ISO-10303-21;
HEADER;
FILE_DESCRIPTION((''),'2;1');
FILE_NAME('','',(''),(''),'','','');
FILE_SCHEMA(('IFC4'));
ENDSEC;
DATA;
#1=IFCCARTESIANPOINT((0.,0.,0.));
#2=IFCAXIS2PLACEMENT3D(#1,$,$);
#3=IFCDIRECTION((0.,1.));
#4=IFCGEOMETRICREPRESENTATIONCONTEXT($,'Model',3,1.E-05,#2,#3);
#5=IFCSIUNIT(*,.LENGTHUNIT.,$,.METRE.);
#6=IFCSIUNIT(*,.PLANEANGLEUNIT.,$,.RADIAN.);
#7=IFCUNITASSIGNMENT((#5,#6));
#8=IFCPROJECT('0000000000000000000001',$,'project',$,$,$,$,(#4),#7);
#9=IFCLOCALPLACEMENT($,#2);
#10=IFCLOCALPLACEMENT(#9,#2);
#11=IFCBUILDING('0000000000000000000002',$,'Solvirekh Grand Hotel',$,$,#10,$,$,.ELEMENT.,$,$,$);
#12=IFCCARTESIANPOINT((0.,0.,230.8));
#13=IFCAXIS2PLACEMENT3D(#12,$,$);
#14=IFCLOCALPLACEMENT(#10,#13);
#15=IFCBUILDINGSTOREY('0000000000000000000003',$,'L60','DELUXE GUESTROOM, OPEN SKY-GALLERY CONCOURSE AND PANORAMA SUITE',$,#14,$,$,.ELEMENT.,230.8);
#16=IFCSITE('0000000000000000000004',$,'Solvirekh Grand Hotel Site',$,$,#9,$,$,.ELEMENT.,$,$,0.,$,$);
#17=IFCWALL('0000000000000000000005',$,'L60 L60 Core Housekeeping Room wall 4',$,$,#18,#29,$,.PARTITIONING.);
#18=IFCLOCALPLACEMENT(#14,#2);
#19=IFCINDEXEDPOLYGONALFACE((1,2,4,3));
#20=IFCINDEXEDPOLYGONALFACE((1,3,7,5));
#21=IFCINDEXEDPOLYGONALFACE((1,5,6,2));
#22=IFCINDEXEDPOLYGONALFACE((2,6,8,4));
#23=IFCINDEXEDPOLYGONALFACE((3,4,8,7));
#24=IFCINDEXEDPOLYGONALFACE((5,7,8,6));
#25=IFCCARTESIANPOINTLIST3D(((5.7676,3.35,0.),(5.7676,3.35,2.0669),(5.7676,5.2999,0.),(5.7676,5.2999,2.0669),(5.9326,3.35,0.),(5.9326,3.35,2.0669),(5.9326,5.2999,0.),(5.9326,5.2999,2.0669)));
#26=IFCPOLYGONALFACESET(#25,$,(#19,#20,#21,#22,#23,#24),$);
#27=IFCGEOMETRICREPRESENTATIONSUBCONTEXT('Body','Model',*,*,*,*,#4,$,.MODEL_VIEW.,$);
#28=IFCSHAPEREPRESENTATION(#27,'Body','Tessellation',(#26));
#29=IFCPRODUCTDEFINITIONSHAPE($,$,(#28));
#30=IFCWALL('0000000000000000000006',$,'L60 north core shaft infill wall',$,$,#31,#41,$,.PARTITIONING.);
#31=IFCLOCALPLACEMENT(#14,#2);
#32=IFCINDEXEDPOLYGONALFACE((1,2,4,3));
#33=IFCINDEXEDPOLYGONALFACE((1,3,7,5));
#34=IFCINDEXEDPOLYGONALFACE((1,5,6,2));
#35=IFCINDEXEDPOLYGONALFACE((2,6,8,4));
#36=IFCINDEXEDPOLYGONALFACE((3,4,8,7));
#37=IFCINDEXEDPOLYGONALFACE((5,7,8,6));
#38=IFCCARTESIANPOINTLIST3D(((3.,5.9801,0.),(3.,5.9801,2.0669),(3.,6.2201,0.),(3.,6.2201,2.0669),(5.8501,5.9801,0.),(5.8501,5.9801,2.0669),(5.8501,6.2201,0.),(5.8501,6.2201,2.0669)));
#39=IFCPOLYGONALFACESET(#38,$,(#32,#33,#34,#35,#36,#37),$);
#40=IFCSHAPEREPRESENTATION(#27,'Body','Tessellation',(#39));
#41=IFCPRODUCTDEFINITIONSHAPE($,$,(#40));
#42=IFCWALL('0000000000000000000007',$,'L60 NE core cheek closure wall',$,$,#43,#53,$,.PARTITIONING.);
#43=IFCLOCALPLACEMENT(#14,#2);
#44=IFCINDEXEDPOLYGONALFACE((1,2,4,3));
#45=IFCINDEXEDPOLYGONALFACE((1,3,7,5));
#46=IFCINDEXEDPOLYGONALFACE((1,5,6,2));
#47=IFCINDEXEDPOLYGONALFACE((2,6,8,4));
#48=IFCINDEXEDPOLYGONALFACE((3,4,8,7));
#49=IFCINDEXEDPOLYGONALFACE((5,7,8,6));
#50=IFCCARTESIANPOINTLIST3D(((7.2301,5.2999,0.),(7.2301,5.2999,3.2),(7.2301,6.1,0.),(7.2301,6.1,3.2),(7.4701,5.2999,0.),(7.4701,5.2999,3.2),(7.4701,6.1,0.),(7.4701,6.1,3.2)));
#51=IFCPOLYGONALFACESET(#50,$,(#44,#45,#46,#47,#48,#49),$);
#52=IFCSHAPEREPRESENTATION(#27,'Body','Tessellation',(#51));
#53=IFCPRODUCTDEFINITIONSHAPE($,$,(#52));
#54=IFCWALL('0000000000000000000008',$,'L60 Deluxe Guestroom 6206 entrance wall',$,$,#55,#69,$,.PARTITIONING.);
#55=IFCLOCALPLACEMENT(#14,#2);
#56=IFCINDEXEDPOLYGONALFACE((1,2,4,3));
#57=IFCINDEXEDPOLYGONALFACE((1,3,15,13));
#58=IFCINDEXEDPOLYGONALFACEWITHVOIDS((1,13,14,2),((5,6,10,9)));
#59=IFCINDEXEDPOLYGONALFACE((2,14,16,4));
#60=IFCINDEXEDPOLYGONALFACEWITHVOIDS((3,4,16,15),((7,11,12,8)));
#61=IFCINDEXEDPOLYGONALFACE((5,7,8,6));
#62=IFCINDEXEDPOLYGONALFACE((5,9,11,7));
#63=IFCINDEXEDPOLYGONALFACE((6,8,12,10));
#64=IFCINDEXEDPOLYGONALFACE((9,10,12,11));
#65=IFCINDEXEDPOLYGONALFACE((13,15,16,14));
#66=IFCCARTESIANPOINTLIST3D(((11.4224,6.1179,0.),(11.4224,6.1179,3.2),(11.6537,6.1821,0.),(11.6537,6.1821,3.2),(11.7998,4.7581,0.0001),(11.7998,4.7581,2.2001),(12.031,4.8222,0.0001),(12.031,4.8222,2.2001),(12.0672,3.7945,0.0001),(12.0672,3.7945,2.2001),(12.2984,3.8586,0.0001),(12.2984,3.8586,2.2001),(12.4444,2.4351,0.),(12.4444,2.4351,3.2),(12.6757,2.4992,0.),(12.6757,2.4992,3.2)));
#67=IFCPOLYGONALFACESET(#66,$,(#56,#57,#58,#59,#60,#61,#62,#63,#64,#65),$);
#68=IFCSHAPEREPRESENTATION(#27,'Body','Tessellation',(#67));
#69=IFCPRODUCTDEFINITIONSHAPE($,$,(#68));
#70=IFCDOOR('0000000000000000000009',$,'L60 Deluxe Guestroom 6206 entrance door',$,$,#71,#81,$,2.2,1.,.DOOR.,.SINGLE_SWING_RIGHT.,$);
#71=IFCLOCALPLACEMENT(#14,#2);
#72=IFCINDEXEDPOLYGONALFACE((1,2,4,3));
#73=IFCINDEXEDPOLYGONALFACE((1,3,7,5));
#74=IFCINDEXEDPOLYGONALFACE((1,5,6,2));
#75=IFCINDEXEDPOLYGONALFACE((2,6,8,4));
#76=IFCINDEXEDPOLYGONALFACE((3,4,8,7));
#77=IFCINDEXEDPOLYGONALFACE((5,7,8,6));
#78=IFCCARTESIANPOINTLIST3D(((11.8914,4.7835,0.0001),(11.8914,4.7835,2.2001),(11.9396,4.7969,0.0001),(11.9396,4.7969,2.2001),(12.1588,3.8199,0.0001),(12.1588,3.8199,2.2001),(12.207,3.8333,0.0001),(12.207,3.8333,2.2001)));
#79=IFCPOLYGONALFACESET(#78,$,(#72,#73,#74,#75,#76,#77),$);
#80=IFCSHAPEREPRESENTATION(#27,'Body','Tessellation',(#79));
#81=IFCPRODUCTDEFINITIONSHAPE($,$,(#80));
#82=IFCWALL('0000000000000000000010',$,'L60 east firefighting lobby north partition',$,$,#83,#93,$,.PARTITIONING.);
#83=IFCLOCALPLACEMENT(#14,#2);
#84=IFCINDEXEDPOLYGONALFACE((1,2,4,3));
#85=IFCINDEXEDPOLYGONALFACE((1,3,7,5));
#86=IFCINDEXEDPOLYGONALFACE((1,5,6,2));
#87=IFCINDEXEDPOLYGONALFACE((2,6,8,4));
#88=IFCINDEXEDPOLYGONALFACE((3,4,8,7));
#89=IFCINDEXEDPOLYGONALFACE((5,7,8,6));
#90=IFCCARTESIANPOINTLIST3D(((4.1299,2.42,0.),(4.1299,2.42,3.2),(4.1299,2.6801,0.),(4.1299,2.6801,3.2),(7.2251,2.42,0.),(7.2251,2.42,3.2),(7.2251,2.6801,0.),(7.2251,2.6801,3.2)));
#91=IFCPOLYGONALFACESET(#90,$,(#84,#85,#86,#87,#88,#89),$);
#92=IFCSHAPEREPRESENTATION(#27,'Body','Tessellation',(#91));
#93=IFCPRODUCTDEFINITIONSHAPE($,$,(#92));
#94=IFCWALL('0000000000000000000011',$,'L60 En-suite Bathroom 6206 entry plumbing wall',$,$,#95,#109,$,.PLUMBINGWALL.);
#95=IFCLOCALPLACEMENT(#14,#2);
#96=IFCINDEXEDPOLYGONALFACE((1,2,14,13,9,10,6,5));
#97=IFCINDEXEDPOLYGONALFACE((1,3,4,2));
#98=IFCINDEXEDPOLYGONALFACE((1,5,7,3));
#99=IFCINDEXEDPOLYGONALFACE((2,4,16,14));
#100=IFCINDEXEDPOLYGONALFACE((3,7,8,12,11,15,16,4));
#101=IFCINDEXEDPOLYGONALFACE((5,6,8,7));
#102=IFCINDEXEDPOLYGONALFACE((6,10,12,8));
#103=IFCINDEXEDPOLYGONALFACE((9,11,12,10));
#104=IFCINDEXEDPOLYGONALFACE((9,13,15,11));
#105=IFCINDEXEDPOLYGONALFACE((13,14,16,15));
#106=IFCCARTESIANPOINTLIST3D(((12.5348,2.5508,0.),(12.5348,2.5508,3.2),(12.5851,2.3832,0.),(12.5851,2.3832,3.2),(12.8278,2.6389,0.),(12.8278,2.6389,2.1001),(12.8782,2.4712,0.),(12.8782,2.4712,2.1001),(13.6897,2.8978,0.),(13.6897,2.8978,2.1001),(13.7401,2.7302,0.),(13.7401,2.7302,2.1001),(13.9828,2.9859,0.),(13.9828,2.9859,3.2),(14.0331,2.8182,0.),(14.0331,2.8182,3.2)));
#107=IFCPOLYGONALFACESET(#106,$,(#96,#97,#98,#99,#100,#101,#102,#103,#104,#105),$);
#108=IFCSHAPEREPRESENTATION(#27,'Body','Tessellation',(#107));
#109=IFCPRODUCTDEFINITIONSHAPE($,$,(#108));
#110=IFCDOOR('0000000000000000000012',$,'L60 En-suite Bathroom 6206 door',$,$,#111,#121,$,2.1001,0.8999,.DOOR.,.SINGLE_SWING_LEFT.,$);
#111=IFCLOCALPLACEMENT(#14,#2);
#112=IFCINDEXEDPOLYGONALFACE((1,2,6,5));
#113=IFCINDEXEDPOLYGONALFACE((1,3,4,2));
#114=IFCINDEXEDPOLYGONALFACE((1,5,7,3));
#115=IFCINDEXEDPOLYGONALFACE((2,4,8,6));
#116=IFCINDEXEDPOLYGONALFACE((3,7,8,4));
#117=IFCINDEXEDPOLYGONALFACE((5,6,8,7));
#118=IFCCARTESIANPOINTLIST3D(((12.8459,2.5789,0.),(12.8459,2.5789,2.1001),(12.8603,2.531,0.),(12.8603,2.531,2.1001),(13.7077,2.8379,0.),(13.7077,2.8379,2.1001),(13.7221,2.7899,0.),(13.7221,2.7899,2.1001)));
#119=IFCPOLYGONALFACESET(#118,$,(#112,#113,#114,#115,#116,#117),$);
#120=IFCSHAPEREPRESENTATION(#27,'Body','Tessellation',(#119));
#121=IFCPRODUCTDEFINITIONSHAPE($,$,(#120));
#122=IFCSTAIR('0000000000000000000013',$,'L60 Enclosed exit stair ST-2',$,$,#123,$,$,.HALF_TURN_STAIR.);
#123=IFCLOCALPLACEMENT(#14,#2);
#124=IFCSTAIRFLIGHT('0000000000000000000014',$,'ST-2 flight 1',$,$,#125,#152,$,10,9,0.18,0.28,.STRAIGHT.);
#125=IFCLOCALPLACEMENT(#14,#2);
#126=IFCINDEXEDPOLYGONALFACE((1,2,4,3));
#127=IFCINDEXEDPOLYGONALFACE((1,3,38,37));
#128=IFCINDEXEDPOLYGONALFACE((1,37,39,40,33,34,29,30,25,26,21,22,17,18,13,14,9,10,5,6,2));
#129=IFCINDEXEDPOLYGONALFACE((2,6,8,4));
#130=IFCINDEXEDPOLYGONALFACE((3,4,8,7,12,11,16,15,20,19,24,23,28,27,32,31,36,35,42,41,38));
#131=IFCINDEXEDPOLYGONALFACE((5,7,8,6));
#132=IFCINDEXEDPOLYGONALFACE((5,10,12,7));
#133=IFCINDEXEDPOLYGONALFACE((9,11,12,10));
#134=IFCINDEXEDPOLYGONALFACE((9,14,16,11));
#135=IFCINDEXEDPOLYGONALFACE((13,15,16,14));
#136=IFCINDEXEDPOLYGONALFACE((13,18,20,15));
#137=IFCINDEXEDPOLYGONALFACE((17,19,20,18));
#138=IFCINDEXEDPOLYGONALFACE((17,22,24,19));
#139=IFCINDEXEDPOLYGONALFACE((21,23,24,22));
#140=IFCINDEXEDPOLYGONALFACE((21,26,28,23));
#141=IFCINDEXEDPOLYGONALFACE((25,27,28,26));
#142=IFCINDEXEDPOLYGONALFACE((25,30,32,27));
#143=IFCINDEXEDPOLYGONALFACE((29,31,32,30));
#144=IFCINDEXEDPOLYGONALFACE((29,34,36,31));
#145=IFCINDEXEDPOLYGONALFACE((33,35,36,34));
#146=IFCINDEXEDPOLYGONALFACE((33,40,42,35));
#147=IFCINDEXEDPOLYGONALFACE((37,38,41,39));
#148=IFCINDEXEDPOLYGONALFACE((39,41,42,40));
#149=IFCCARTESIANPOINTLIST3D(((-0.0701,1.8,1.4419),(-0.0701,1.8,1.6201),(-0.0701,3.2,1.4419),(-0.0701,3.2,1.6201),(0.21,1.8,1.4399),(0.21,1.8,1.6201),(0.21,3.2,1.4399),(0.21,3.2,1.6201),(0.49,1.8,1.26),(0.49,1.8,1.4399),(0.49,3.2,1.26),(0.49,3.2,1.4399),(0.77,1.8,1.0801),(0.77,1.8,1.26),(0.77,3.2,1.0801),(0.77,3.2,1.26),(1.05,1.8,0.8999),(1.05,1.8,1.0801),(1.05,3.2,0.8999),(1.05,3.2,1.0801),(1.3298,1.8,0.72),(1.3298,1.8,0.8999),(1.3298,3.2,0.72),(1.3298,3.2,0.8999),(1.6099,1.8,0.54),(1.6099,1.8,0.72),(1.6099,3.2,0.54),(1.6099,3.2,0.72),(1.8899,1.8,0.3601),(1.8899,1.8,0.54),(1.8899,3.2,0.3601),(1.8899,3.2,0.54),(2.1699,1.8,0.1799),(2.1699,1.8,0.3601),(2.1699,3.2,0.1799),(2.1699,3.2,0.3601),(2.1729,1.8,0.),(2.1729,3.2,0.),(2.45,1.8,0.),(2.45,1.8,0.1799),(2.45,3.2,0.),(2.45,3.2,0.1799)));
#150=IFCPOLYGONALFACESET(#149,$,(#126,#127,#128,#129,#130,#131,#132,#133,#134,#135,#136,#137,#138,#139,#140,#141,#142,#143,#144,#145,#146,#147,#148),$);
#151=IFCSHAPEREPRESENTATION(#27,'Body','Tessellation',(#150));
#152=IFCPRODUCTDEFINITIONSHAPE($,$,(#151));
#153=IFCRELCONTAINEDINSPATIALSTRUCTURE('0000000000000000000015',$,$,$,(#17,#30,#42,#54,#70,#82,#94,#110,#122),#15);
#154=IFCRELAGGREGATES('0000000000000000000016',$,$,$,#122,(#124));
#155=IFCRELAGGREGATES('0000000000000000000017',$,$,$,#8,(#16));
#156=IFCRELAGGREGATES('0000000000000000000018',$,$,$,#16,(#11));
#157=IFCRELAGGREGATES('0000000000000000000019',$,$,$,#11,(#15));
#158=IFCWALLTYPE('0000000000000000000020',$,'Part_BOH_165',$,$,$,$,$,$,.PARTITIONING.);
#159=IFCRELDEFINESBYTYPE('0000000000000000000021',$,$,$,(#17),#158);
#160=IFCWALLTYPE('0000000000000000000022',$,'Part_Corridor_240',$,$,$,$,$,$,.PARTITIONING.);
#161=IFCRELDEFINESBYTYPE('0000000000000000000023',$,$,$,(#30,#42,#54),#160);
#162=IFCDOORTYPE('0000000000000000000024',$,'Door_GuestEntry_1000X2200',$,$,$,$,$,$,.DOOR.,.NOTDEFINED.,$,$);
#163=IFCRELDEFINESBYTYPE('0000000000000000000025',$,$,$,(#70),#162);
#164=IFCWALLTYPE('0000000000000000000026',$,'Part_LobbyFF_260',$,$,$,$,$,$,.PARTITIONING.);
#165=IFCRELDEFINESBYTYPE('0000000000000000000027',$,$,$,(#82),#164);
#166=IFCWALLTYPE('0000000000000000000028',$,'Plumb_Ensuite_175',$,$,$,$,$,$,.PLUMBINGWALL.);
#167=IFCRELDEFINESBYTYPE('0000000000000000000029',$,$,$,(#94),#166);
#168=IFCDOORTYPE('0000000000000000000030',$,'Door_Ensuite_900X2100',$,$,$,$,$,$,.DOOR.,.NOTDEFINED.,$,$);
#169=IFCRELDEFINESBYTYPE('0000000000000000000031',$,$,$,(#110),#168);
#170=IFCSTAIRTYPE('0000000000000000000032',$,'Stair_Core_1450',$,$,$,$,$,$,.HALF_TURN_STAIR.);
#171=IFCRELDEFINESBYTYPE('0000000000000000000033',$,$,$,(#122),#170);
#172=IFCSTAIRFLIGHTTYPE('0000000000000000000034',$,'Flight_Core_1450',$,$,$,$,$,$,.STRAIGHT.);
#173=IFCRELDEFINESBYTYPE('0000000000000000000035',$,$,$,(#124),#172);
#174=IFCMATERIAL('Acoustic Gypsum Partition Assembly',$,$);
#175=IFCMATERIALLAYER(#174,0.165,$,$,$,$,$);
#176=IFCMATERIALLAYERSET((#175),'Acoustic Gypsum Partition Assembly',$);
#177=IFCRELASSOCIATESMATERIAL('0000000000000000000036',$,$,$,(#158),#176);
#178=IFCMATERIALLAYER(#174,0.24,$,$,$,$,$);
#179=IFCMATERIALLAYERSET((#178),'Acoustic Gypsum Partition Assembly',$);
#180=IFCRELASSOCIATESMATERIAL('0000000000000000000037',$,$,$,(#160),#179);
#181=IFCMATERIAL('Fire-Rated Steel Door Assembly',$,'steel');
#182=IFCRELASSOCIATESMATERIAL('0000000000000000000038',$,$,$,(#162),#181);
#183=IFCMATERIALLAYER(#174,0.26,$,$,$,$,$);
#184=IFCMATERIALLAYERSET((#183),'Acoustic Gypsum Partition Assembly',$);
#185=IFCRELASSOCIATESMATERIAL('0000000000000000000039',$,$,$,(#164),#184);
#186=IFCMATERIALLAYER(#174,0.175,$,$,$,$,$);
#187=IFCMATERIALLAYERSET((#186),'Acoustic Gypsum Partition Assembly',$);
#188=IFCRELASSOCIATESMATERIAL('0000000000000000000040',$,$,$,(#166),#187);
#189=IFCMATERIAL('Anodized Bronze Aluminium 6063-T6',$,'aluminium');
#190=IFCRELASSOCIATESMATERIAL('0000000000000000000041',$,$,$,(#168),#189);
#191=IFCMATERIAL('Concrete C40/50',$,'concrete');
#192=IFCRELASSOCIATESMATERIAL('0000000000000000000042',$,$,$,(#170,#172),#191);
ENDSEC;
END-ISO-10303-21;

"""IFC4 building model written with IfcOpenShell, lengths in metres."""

from ifc_helpers import new_model, si_unit, direction, frame, frame_2d, origin, place, context, subcontext, project, spatial, polyline, rectangle, outline, extrude, material, layer, layer_set, type_object, element, fill, aggregate, save


model = new_model("IFC4")

# Units and contexts
model_context = context("Model", 3, precision=1e-05, world=origin(), true_north=direction((0.0, 1.0)))
body_context = subcontext(model_context, "Body", "Model", "MODEL_VIEW")
ifc_project = project(units=[si_unit("LENGTHUNIT", "METRE"), si_unit("PLANEANGLEUNIT", "RADIAN")], contexts=[model_context])

# Site, building, storey
site_placement = place(None, origin())
site = spatial("IfcSite", under=ifc_project, at=site_placement, Name="Solvirekh Grand Hotel Site", CompositionType="ELEMENT", RefElevation=0.0)
building_placement = place(site_placement, origin())
building = spatial("IfcBuilding", under=site, at=building_placement, Name="Solvirekh Grand Hotel", CompositionType="ELEMENT")
storey_placement = place(building_placement, frame((0.0, 0.0, 230.8)))
storey = spatial("IfcBuildingStorey", under=building, at=storey_placement, Name="L60", Description="DELUXE GUESTROOM, OPEN SKY-GALLERY CONCOURSE AND PANORAMA SUITE", CompositionType="ELEMENT", Elevation=230.8)

# Shared definitions
ifc_material_1 = material(Name="Concrete C40/50", Category="concrete")

# Shared definitions
ifc_material_2 = material(Name="Anodized Bronze Aluminium 6063-T6", Category="aluminium")

# Shared definitions
ifc_material_3 = material(Name="Acoustic Gypsum Partition Assembly")
ifc_layer_1 = layer(ifc_material_3, 0.165)
ifc_layer_set_1 = layer_set([ifc_layer_1], Name="Acoustic Gypsum Partition Assembly")
wall_type_1 = type_object("IfcWallType", Name="Part_BOH_165", PredefinedType="PARTITIONING", material=ifc_layer_set_1)

# Shared definitions
ifc_material_4 = material(Name="Fire-Rated Steel Door Assembly", Category="steel")

# Walls
wall_1_placement = place(storey_placement, frame((5.8501, 5.3, 0.0), z_axis=(0.0, 0.0, 1.0), x_axis=(0.0, -1.0, 0.0)))
element("IfcWall", 1, at=wall_1_placement, inside=storey, type_object=wall_type_1, Name="L60 L60 Core Housekeeping Room wall 4", PredefinedType="PARTITIONING", context=body_context, shape_type="SweptSolid", body=[
    extrude(rectangle(XDim=1.95, YDim=0.165, at=frame_2d((0.9751, 0.0))), origin(), (0.0, 0.0, 1.0), 2.0669),
])
ifc_layer_2 = layer(ifc_material_3, 0.24)
ifc_layer_set_2 = layer_set([ifc_layer_2], Name="Acoustic Gypsum Partition Assembly")
wall_type_2 = type_object("IfcWallType", Name="Part_Corridor_240", PredefinedType="PARTITIONING", material=ifc_layer_set_2)
wall_2_placement = place(storey_placement, frame((3.0, 6.1001, 0.0), z_axis=(0.0, 0.0, 1.0), x_axis=(1.0, 0.0, 0.0)))
element("IfcWall", 2, at=wall_2_placement, inside=storey, type_object=wall_type_2, Name="L60 north core shaft infill wall", PredefinedType="PARTITIONING", context=body_context, shape_type="SweptSolid", body=[
    extrude(rectangle(XDim=2.8501, YDim=0.24, at=frame_2d((1.425, 0.0))), origin(), (0.0, 0.0, 1.0), 2.0669),
])
wall_3_placement = place(storey_placement, frame((7.3501, 5.3, 0.0), z_axis=(0.0, 0.0, 1.0), x_axis=(0.0, 1.0, 0.0)))
element("IfcWall", 3, at=wall_3_placement, inside=storey, type_object=wall_type_2, Name="L60 NE core cheek closure wall", PredefinedType="PARTITIONING", context=body_context, shape_type="SweptSolid", body=[
    extrude(rectangle(XDim=0.8, YDim=0.24, at=frame_2d((0.3999, 0.0))), origin(), (0.0, 0.0, 1.0), 3.2),
])

# Wall, opening, door
wall_4_placement = place(storey_placement, frame((12.5601, 2.467, 0.0), z_axis=(0.0, 0.0, 1.0), x_axis=(-0.26739, 0.963588, 0.0)))
wall_4 = element("IfcWall", 4, at=wall_4_placement, inside=storey, type_object=wall_type_2, Name="L60 Deluxe Guestroom 6206 entrance wall", PredefinedType="PARTITIONING", context=body_context, shape_type="SweptSolid", body=[
    extrude(rectangle(XDim=3.822, YDim=0.24, at=frame_2d((1.9111, 0.0))), origin(), (0.0, 0.0, 1.0), 3.2),
])
opening_1_placement = place(wall_4_placement, frame((1.4109, 0.0, 0.0)))
opening_1 = element("IfcOpeningElement", 5, at=opening_1_placement, cuts=wall_4, PredefinedType="OPENING", context=body_context, shape_type="SweptSolid", body=[
    extrude(rectangle(XDim=1.0, YDim=2.2, at=frame_2d((0.5, 1.1001))), frame((0.0, 0.1299, 0.0), z_axis=(0.0, -1.0, 0.0), x_axis=(1.0, 0.0, 0.0)), (0.0, 0.0, 1.0), 0.26),
])
door_type_1 = type_object("IfcDoorType", Name="Door_GuestEntry_1000X2200", OperationType="NOTDEFINED", PredefinedType="DOOR", material=ifc_material_4)
door_1_placement = place(opening_1_placement, origin())
door_1 = element("IfcDoor", 6, at=door_1_placement, inside=storey, type_object=door_type_1, Name="L60 Deluxe Guestroom 6206 entrance door", OperationType="SINGLE_SWING_RIGHT", OverallHeight=2.2, OverallWidth=1.0, PredefinedType="DOOR", context=body_context, shape_type="SweptSolid", body=[
    extrude(rectangle(XDim=1.0, YDim=2.2, at=frame_2d((0.5, 1.1001))), frame((0.0, 0.0249, 0.0), z_axis=(0.0, -1.0, 0.0), x_axis=(1.0, 0.0, 0.0)), (0.0, 0.0, 1.0), 0.05),
])
fill(opening_1, door_1)

# Wall
ifc_layer_3 = layer(ifc_material_3, 0.26)
ifc_layer_set_3 = layer_set([ifc_layer_3], Name="Acoustic Gypsum Partition Assembly")
wall_type_3 = type_object("IfcWallType", Name="Part_LobbyFF_260", PredefinedType="PARTITIONING", material=ifc_layer_set_3)
wall_5_placement = place(storey_placement, frame((4.1299, 2.55, 0.0), z_axis=(0.0, 0.0, 1.0), x_axis=(1.0, 0.0, 0.0)))
element("IfcWall", 7, at=wall_5_placement, inside=storey, type_object=wall_type_3, Name="L60 east firefighting lobby north partition", PredefinedType="PARTITIONING", context=body_context, shape_type="SweptSolid", body=[
    extrude(rectangle(XDim=3.0952, YDim=0.26, at=frame_2d((1.5476, 0.0))), origin(), (0.0, 0.0, 1.0), 3.2),
])

# Wall, opening, door
ifc_layer_4 = layer(ifc_material_3, 0.175)
ifc_layer_set_4 = layer_set([ifc_layer_4], Name="Acoustic Gypsum Partition Assembly")
wall_type_4 = type_object("IfcWallType", Name="Plumb_Ensuite_175", PredefinedType="PLUMBINGWALL", material=ifc_layer_set_4)
wall_6_placement = place(storey_placement, frame((12.5601, 2.467, 0.0), z_axis=(0.0, 0.0, 1.0), x_axis=(0.957706, 0.287748, 0.0)))
wall_6 = element("IfcWall", 8, at=wall_6_placement, inside=storey, type_object=wall_type_4, Name="L60 En-suite Bathroom 6206 entry plumbing wall", PredefinedType="PLUMBINGWALL", context=body_context, shape_type="SweptSolid", body=[
    extrude(rectangle(XDim=1.512, YDim=0.175, at=frame_2d((0.7559, 0.0))), origin(), (0.0, 0.0, 1.0), 3.2),
])
opening_2_placement = place(wall_6_placement, frame((0.3059, 0.0, 0.0)))
opening_2 = element("IfcOpeningElement", 9, at=opening_2_placement, cuts=wall_6, PredefinedType="OPENING", context=body_context, shape_type="SweptSolid", body=[
    extrude(rectangle(XDim=0.8999, YDim=2.1001, at=frame_2d((0.45, 1.05))), frame((0.0, 0.0977, 0.0), z_axis=(0.0, -1.0, 0.0), x_axis=(1.0, 0.0, 0.0)), (0.0, 0.0, 1.0), 0.1951),
])
door_type_2 = type_object("IfcDoorType", Name="Door_Ensuite_900X2100", OperationType="NOTDEFINED", PredefinedType="DOOR", material=ifc_material_2)
door_2_placement = place(opening_2_placement, origin())
door_2 = element("IfcDoor", 10, at=door_2_placement, inside=storey, type_object=door_type_2, Name="L60 En-suite Bathroom 6206 door", OperationType="SINGLE_SWING_LEFT", OverallHeight=2.1001, OverallWidth=0.8999, PredefinedType="DOOR", context=body_context, shape_type="SweptSolid", body=[
    extrude(rectangle(XDim=0.8999, YDim=2.1001, at=frame_2d((0.45, 1.05))), frame((0.0, 0.0249, 0.0), z_axis=(0.0, -1.0, 0.0), x_axis=(1.0, 0.0, 0.0)), (0.0, 0.0, 1.0), 0.05),
])
fill(opening_2, door_2)

# Stair, stair flight
stair_type = type_object("IfcStairType", Name="Stair_Core_1450", PredefinedType="HALF_TURN_STAIR", material=ifc_material_1)
stair_placement = place(storey_placement, origin())
stair = element("IfcStair", 11, at=stair_placement, inside=storey, type_object=stair_type, Name="L60 Enclosed exit stair ST-2", PredefinedType="HALF_TURN_STAIR")
stair_flight_type = type_object("IfcStairFlightType", Name="Flight_Core_1450", PredefinedType="STRAIGHT", material=ifc_material_1)
stair_flight_placement = place(storey_placement, frame((2.45, 2.5, 0.0), z_axis=(0.0, 0.0, 1.0), x_axis=(-1.0, 0.0, 0.0)))
stair_flight = element("IfcStairFlight", 12, at=stair_flight_placement, type_object=stair_flight_type, Name="ST-2 flight 1", NumberOfRisers=10, NumberOfTreads=9, PredefinedType="STRAIGHT", RiserHeight=0.18, TreadLength=0.28, context=body_context, shape_type="SweptSolid", body=[
    extrude(outline(polyline([(0.0, 0.0), (0.0, 0.1799), (0.28, 0.1799), (0.28, 0.3601), (0.5601, 0.3601), (0.5601, 0.54), (0.8401, 0.54), (0.8401, 0.72), (1.1201, 0.72), (1.1201, 0.8999), (1.3999, 0.8999), (1.3999, 1.0801), (1.6799, 1.0801), (1.6799, 1.26), (1.96, 1.26), (1.96, 1.4399), (2.24, 1.4399), (2.24, 1.6201), (2.52, 1.6201), (2.52, 1.8), (2.52, 1.4419), (0.2771, 0.0), (0.0, 0.0)])), frame((0.0, 0.7, 0.0), z_axis=(0.0, -1.0, 0.0), x_axis=(1.0, 0.0, 0.0)), (0.0, 0.0, 1.0), 1.3999),
])
aggregate(stair, [stair_flight])

save(model, "model.ifc")
